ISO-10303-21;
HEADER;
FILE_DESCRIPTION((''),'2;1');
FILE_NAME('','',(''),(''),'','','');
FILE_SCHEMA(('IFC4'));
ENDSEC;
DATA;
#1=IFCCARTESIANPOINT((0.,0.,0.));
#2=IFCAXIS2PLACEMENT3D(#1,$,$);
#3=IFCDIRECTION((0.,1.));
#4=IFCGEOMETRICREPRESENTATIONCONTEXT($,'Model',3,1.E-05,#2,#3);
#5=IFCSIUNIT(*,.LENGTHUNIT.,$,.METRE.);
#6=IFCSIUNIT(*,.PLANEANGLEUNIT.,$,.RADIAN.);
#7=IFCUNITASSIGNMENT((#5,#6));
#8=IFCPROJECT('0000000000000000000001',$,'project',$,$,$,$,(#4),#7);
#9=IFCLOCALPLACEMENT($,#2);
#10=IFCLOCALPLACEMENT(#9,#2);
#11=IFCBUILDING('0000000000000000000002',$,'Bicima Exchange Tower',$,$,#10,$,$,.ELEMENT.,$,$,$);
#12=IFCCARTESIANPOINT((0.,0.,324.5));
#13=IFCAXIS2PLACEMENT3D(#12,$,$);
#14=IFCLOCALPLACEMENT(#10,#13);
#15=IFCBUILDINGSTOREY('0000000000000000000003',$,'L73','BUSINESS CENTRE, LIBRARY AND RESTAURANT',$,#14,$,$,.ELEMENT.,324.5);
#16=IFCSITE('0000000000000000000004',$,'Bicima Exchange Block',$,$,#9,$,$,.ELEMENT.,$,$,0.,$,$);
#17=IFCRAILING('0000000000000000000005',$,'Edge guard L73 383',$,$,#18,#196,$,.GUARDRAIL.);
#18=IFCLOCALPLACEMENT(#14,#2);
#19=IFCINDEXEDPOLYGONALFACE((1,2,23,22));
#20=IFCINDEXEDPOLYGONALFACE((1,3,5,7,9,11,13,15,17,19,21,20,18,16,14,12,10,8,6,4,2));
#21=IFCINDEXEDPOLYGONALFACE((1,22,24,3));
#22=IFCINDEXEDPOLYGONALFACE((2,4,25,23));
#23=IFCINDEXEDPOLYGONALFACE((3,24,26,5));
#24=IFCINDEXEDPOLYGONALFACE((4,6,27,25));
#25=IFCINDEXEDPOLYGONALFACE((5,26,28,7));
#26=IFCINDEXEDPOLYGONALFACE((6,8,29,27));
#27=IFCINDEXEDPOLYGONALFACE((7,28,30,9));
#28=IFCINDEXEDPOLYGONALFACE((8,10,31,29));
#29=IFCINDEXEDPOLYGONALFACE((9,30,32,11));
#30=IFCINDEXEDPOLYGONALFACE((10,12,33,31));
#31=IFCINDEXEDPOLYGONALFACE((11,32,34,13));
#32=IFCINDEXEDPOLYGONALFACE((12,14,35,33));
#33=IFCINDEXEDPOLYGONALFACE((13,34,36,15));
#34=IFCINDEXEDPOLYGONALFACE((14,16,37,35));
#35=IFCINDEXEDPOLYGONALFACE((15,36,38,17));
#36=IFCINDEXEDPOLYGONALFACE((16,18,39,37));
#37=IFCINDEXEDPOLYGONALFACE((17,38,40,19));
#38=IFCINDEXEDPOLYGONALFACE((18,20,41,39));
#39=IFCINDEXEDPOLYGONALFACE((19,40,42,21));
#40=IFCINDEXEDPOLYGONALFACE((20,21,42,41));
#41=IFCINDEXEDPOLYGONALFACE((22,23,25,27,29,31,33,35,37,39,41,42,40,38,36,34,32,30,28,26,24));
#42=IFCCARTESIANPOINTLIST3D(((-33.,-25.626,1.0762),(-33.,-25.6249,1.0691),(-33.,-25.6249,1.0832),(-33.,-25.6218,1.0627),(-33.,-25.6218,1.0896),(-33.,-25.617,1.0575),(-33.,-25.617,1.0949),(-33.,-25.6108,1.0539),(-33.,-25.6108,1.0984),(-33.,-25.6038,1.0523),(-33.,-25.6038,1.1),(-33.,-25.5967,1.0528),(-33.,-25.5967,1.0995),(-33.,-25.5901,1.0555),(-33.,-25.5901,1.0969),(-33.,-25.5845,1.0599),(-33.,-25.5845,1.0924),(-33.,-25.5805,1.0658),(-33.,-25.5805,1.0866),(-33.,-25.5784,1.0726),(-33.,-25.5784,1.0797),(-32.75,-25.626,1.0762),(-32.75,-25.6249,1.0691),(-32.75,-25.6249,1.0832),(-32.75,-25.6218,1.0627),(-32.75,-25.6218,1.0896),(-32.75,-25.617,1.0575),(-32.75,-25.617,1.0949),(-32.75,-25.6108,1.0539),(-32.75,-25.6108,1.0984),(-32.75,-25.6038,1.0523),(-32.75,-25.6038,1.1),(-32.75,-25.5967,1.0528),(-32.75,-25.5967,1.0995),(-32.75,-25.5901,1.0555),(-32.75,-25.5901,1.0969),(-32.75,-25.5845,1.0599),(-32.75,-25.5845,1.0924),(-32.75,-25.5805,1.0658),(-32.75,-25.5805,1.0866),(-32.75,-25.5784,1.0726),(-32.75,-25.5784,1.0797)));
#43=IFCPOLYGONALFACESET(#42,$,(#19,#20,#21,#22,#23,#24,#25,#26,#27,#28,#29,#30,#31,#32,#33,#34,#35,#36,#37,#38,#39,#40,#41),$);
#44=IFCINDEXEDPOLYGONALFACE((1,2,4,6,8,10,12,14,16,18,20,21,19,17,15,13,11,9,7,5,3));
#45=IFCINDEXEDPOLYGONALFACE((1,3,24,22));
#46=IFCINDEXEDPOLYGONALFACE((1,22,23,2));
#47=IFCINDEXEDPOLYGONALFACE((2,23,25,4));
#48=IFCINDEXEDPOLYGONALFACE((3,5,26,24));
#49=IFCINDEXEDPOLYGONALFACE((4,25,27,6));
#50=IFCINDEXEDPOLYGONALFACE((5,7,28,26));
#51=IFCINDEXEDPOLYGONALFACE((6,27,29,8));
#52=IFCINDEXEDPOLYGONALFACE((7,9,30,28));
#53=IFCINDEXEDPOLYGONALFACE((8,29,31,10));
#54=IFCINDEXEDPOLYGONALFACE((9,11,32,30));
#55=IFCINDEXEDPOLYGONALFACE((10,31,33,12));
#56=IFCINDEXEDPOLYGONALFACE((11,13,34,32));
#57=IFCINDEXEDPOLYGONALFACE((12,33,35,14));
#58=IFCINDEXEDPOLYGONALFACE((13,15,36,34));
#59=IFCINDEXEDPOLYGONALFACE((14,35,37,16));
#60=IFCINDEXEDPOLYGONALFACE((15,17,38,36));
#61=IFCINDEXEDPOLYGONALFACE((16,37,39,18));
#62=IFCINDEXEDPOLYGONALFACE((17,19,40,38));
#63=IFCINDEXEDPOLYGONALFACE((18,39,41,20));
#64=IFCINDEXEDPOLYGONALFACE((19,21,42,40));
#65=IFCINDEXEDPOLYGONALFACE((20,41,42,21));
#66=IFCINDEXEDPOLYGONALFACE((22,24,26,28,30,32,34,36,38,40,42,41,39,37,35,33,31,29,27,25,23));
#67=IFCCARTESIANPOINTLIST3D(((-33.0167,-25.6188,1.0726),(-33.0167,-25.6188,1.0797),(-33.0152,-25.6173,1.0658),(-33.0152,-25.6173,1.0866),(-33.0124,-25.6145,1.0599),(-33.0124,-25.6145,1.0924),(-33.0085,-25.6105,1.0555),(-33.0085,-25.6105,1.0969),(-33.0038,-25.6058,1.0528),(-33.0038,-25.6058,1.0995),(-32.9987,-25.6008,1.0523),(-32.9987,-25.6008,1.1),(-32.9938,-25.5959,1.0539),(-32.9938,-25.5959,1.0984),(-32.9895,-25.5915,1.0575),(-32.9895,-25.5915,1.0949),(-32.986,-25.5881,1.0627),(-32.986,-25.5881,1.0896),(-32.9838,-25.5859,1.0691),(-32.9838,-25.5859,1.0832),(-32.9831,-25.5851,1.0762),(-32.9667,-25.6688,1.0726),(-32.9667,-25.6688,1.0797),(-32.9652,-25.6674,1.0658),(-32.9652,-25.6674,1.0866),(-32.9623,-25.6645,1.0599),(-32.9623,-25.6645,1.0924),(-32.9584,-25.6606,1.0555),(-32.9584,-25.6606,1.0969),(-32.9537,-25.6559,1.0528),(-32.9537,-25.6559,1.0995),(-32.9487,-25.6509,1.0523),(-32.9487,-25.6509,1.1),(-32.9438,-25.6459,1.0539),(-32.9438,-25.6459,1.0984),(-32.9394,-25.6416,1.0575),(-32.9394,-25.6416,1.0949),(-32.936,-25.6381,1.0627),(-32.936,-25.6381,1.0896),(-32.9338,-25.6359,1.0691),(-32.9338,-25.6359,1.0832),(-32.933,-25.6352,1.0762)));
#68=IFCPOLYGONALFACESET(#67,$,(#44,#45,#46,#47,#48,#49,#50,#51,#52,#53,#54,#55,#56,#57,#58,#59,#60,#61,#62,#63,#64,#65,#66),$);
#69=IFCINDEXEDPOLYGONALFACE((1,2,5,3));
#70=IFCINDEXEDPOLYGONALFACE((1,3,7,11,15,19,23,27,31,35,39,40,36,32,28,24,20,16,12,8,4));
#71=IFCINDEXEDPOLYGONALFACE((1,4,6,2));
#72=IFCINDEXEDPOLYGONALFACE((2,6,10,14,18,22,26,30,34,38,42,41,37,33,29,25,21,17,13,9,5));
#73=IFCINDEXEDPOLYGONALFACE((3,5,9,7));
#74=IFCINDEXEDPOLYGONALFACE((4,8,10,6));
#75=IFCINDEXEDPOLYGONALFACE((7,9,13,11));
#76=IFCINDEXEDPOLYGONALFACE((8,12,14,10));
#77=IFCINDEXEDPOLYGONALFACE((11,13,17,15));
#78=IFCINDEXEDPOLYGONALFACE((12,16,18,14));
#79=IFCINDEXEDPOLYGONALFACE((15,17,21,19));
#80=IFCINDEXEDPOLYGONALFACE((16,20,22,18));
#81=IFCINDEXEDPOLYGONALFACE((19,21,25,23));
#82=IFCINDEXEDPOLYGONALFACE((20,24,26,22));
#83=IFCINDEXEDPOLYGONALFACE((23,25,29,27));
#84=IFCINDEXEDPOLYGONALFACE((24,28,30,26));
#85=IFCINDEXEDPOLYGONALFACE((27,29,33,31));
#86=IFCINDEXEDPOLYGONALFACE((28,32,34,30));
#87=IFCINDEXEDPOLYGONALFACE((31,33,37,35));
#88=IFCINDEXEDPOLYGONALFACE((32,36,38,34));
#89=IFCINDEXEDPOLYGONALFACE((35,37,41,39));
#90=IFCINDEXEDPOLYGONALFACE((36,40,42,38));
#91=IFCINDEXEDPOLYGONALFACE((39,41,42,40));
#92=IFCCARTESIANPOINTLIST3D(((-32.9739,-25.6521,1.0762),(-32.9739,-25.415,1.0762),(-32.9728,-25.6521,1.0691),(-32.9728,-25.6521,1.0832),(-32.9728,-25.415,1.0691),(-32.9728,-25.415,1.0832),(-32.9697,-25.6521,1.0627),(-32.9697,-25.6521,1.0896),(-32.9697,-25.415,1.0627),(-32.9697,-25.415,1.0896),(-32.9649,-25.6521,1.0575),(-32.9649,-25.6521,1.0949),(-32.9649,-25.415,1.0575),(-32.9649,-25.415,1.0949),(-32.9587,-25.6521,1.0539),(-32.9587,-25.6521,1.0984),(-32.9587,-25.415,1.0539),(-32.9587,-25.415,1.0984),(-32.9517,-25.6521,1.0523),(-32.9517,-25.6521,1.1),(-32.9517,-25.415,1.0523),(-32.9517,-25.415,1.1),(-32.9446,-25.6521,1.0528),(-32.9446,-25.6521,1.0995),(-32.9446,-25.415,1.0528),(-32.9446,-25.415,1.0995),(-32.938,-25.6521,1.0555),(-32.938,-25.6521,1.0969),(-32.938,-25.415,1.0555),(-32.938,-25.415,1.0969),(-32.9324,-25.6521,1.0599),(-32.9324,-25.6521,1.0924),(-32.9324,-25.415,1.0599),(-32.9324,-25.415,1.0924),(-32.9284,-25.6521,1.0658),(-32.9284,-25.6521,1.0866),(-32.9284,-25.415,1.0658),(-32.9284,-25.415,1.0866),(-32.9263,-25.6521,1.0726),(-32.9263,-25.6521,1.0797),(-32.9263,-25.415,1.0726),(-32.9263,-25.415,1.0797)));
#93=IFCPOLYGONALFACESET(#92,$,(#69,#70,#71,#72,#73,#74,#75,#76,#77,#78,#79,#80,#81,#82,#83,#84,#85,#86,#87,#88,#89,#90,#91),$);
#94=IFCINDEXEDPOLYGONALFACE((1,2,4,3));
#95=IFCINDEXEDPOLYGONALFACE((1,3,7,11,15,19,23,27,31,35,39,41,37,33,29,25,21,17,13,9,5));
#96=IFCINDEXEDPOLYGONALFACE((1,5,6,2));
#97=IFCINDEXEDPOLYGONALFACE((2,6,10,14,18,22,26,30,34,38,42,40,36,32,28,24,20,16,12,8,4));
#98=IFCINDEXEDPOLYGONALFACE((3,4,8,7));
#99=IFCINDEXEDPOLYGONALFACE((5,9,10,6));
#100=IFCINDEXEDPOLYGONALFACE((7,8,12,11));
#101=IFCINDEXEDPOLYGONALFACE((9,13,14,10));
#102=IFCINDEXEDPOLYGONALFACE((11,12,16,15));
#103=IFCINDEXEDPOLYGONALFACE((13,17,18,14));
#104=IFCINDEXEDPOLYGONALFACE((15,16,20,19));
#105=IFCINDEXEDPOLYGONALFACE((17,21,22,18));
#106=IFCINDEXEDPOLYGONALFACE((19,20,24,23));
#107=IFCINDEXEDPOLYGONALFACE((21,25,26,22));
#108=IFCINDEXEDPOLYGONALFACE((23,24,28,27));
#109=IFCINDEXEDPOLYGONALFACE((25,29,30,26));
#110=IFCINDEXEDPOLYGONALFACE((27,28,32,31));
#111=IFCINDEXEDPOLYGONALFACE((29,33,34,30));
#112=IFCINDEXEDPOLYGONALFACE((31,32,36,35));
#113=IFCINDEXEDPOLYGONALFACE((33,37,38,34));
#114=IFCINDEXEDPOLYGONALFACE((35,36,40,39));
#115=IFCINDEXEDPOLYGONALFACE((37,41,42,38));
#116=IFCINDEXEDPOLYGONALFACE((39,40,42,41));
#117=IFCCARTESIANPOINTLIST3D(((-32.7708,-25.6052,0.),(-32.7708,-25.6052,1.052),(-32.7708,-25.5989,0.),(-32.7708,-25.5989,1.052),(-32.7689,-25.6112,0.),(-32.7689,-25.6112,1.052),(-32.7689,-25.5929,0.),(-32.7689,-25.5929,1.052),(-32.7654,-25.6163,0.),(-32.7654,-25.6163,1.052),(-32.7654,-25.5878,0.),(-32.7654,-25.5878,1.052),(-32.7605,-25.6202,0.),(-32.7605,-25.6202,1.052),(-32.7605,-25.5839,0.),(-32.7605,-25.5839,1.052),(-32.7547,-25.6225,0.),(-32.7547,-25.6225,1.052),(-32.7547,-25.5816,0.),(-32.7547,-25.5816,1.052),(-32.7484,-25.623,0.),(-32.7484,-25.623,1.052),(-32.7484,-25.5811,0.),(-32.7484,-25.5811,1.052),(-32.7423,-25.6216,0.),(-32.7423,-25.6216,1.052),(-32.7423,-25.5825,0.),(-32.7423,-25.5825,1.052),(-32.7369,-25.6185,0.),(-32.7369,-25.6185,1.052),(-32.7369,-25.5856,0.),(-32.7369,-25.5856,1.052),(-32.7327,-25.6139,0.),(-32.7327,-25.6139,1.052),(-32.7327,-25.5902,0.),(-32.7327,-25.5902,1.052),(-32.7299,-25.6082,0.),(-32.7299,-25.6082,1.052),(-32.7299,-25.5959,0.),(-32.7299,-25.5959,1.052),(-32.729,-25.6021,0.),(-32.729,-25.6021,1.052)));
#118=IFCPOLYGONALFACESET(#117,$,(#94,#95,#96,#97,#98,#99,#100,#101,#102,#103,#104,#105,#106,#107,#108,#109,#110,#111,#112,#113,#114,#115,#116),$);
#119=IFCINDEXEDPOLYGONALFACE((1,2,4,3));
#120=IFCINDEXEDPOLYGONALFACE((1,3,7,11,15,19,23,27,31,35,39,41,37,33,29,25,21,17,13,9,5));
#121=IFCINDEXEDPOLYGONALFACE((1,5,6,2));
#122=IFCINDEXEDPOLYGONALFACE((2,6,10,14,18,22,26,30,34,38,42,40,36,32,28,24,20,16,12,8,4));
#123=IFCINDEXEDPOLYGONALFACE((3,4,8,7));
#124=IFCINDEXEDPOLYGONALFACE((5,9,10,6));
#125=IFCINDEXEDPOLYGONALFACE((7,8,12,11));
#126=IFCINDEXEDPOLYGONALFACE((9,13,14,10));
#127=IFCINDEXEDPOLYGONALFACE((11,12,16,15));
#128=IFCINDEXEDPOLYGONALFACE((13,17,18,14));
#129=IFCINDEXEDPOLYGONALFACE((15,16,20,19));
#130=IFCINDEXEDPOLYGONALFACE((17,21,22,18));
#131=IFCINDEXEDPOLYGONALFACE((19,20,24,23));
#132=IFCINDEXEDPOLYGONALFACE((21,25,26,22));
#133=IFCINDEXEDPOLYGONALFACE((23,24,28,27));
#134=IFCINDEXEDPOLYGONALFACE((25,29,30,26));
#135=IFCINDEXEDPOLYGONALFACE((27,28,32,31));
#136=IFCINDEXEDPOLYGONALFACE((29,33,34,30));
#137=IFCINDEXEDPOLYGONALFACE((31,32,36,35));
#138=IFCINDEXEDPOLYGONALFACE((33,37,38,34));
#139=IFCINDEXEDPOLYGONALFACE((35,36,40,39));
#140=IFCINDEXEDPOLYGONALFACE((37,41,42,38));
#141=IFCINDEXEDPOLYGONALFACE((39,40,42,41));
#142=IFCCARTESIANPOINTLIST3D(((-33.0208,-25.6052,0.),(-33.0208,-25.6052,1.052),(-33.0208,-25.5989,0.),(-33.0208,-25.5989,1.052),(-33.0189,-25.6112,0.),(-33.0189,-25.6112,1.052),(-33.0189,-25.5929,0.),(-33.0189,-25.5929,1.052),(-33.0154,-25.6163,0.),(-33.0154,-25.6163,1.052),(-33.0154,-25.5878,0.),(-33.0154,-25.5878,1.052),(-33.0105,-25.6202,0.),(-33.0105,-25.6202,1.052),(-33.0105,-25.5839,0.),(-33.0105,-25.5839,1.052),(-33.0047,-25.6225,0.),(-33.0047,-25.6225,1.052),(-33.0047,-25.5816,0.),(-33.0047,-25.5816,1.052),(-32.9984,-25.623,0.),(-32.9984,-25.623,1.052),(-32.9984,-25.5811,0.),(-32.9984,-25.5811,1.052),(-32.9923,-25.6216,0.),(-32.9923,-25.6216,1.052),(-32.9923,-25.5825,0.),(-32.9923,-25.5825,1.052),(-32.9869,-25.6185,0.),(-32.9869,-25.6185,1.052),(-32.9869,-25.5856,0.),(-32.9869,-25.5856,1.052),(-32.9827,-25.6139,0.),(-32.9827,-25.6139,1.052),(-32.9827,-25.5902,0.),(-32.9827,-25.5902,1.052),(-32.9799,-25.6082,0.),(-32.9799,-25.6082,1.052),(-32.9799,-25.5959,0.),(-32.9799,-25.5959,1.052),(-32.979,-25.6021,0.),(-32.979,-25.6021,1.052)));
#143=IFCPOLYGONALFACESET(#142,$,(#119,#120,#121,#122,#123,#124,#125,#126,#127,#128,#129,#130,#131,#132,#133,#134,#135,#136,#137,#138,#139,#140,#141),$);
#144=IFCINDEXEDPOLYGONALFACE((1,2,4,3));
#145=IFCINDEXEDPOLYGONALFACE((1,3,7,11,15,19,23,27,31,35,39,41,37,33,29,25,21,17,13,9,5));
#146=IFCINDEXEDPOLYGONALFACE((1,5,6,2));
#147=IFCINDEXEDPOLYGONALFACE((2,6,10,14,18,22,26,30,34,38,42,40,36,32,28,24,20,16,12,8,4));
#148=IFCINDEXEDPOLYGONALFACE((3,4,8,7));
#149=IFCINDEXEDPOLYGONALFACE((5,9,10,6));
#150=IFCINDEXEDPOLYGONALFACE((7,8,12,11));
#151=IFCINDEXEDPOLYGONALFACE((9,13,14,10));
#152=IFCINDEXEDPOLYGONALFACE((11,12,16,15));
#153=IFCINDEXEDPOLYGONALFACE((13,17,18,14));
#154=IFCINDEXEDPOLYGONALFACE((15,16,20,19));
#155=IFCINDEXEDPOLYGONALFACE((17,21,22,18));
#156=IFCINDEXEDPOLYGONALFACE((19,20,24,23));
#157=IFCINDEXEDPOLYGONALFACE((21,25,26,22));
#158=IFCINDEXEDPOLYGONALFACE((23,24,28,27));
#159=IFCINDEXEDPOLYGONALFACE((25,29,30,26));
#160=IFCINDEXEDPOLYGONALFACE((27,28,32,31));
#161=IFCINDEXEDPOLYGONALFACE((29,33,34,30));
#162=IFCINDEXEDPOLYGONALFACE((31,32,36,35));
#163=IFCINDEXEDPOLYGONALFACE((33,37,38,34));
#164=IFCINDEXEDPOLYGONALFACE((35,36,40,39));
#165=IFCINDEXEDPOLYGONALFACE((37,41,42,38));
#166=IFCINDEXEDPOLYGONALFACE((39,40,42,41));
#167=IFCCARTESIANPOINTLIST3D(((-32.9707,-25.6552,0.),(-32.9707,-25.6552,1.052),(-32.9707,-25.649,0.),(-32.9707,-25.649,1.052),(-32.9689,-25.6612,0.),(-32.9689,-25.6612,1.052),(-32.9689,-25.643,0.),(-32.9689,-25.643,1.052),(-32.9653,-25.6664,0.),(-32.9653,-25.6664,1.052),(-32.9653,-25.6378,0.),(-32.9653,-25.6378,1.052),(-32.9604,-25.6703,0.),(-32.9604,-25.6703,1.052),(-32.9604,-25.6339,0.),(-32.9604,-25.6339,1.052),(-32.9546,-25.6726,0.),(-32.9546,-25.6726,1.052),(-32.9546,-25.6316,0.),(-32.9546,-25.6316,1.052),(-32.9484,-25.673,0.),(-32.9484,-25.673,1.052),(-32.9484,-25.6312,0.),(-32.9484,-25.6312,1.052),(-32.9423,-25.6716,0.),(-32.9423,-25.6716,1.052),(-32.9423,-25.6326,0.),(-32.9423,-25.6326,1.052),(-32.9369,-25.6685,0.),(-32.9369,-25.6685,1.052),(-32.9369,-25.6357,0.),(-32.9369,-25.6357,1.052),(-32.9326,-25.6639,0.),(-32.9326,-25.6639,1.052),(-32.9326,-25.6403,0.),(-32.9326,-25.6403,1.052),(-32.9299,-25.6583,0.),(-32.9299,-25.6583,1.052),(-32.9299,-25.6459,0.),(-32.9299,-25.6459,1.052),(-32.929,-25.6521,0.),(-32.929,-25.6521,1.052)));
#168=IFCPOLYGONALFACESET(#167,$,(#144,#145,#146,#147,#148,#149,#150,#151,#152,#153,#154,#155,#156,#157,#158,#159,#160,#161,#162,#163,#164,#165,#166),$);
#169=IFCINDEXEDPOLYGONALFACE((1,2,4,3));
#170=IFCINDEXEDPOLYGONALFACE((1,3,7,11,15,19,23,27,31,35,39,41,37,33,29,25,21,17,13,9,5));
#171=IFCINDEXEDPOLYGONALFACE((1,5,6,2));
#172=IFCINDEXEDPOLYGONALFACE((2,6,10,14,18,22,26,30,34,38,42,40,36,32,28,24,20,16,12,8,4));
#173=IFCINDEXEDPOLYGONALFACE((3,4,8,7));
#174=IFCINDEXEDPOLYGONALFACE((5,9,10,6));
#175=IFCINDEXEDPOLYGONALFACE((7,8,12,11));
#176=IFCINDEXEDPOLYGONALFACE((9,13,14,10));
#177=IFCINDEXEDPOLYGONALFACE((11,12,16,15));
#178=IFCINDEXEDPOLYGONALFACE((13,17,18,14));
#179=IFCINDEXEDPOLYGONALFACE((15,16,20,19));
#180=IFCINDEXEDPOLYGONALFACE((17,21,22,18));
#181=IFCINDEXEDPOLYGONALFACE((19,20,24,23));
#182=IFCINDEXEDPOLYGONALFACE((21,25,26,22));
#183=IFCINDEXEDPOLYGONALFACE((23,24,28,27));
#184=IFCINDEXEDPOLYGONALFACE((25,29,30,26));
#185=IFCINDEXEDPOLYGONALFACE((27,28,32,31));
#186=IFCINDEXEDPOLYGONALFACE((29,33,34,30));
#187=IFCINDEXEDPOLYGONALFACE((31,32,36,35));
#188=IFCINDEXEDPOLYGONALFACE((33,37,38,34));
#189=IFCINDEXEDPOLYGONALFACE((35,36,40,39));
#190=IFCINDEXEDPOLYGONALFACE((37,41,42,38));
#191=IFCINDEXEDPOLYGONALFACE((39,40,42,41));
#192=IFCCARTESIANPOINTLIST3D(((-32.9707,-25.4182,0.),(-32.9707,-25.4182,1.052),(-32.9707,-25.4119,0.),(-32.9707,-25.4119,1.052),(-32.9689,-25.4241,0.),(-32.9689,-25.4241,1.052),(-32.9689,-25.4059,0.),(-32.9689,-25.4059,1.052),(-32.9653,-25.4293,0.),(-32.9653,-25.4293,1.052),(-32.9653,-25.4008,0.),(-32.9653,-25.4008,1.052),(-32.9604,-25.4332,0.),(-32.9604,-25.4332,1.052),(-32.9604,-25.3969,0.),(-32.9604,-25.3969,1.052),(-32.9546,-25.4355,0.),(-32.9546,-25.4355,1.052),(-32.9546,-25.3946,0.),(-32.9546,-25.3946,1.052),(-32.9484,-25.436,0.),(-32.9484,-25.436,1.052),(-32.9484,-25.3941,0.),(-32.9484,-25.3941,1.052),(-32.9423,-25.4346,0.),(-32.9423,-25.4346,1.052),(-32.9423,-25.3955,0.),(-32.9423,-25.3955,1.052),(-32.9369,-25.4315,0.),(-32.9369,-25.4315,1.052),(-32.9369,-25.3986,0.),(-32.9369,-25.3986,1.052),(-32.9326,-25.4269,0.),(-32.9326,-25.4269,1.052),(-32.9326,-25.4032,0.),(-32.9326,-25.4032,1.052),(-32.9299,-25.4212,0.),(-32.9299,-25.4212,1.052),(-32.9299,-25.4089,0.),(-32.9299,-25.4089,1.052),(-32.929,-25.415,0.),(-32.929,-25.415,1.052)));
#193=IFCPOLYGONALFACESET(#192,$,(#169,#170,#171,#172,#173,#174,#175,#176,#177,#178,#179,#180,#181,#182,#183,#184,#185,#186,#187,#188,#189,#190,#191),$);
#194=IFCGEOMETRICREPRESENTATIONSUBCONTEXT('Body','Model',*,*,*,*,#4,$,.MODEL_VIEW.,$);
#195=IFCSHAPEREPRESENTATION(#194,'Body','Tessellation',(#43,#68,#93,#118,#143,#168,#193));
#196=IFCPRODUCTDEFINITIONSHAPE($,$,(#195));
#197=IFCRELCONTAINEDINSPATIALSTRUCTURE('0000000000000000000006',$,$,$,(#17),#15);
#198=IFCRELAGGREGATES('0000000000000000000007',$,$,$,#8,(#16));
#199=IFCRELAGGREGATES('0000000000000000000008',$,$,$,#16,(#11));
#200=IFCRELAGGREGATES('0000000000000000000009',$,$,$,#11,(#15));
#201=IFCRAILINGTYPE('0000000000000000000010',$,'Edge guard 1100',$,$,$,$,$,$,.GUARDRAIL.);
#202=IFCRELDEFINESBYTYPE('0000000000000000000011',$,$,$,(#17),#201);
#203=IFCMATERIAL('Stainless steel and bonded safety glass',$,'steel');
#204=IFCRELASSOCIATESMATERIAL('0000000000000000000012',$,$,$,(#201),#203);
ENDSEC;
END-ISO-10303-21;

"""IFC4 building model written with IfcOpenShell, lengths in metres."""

from ifc_helpers import new_model, si_unit, direction, frame, origin, origin_2d, place, context, subcontext, project, spatial, circle, extrude, material, type_object, element, save


model = new_model("IFC4")

# Units and contexts
model_context = context("Model", 3, precision=1e-05, world=origin(), true_north=direction((0.0, 1.0)))
body_context = subcontext(model_context, "Body", "Model", "MODEL_VIEW")
ifc_project = project(units=[si_unit("LENGTHUNIT", "METRE"), si_unit("PLANEANGLEUNIT", "RADIAN")], contexts=[model_context])

# Site, building, storey
site_placement = place(None, origin())
site = spatial("IfcSite", under=ifc_project, at=site_placement, Name="Bicima Exchange Block", CompositionType="ELEMENT", RefElevation=0.0)
building_placement = place(site_placement, origin())
building = spatial("IfcBuilding", under=site, at=building_placement, Name="Bicima Exchange Tower", CompositionType="ELEMENT")
storey_placement = place(building_placement, frame((0.0, 0.0, 324.5)))
storey = spatial("IfcBuildingStorey", under=building, at=storey_placement, Name="L73", Description="BUSINESS CENTRE, LIBRARY AND RESTAURANT", CompositionType="ELEMENT", Elevation=324.5)

# Railing
ifc_material_1 = material(Name="Stainless steel and bonded safety glass", Category="steel")
railing_type = type_object("IfcRailingType", Name="Edge guard 1100", PredefinedType="GUARDRAIL", material=ifc_material_1)
railing_placement = place(storey_placement, frame((-32.75, -25.6021, 0.0)))
element("IfcRailing", 1, at=railing_placement, inside=storey, type_object=railing_type, Name="Edge guard L73 383", PredefinedType="GUARDRAIL", context=body_context, shape_type="SweptSolid", body=[
    extrude(circle(Radius=0.0239, at=origin_2d()), frame((0.0, 0.0, 1.0762), z_axis=(-1.0, 0.0, 0.0), x_axis=(0.0, -1.0, 0.0)), (0.0, 0.0, 1.0), 0.25),
    extrude(circle(Radius=0.0239, at=origin_2d()), frame((-0.25, 0.0, 1.0762), z_axis=(0.707107, -0.707107, 0.0), x_axis=(0.707107, 0.707107, 0.0)), (0.0, 0.0, 1.0), 0.0708),
    extrude(circle(Radius=0.0239, at=origin_2d()), frame((-0.2, -0.05, 1.0762), z_axis=(0.0, 1.0, 0.0), x_axis=(-1.0, 0.0, 0.0)), (0.0, 0.0, 1.0), 0.2371),
    extrude(circle(Radius=0.021, at=origin_2d()), origin(), (0.0, 0.0, 1.0), 1.052),
    extrude(circle(Radius=0.021, at=origin_2d()), frame((-0.25, 0.0, 0.0)), (0.0, 0.0, 1.0), 1.052),
    extrude(circle(Radius=0.021, at=origin_2d()), frame((-0.2, -0.05, 0.0)), (0.0, 0.0, 1.0), 1.052),
    extrude(circle(Radius=0.021, at=origin_2d()), frame((-0.2, 0.187, 0.0)), (0.0, 0.0, 1.0), 1.052),
])

save(model, "model.ifc")
